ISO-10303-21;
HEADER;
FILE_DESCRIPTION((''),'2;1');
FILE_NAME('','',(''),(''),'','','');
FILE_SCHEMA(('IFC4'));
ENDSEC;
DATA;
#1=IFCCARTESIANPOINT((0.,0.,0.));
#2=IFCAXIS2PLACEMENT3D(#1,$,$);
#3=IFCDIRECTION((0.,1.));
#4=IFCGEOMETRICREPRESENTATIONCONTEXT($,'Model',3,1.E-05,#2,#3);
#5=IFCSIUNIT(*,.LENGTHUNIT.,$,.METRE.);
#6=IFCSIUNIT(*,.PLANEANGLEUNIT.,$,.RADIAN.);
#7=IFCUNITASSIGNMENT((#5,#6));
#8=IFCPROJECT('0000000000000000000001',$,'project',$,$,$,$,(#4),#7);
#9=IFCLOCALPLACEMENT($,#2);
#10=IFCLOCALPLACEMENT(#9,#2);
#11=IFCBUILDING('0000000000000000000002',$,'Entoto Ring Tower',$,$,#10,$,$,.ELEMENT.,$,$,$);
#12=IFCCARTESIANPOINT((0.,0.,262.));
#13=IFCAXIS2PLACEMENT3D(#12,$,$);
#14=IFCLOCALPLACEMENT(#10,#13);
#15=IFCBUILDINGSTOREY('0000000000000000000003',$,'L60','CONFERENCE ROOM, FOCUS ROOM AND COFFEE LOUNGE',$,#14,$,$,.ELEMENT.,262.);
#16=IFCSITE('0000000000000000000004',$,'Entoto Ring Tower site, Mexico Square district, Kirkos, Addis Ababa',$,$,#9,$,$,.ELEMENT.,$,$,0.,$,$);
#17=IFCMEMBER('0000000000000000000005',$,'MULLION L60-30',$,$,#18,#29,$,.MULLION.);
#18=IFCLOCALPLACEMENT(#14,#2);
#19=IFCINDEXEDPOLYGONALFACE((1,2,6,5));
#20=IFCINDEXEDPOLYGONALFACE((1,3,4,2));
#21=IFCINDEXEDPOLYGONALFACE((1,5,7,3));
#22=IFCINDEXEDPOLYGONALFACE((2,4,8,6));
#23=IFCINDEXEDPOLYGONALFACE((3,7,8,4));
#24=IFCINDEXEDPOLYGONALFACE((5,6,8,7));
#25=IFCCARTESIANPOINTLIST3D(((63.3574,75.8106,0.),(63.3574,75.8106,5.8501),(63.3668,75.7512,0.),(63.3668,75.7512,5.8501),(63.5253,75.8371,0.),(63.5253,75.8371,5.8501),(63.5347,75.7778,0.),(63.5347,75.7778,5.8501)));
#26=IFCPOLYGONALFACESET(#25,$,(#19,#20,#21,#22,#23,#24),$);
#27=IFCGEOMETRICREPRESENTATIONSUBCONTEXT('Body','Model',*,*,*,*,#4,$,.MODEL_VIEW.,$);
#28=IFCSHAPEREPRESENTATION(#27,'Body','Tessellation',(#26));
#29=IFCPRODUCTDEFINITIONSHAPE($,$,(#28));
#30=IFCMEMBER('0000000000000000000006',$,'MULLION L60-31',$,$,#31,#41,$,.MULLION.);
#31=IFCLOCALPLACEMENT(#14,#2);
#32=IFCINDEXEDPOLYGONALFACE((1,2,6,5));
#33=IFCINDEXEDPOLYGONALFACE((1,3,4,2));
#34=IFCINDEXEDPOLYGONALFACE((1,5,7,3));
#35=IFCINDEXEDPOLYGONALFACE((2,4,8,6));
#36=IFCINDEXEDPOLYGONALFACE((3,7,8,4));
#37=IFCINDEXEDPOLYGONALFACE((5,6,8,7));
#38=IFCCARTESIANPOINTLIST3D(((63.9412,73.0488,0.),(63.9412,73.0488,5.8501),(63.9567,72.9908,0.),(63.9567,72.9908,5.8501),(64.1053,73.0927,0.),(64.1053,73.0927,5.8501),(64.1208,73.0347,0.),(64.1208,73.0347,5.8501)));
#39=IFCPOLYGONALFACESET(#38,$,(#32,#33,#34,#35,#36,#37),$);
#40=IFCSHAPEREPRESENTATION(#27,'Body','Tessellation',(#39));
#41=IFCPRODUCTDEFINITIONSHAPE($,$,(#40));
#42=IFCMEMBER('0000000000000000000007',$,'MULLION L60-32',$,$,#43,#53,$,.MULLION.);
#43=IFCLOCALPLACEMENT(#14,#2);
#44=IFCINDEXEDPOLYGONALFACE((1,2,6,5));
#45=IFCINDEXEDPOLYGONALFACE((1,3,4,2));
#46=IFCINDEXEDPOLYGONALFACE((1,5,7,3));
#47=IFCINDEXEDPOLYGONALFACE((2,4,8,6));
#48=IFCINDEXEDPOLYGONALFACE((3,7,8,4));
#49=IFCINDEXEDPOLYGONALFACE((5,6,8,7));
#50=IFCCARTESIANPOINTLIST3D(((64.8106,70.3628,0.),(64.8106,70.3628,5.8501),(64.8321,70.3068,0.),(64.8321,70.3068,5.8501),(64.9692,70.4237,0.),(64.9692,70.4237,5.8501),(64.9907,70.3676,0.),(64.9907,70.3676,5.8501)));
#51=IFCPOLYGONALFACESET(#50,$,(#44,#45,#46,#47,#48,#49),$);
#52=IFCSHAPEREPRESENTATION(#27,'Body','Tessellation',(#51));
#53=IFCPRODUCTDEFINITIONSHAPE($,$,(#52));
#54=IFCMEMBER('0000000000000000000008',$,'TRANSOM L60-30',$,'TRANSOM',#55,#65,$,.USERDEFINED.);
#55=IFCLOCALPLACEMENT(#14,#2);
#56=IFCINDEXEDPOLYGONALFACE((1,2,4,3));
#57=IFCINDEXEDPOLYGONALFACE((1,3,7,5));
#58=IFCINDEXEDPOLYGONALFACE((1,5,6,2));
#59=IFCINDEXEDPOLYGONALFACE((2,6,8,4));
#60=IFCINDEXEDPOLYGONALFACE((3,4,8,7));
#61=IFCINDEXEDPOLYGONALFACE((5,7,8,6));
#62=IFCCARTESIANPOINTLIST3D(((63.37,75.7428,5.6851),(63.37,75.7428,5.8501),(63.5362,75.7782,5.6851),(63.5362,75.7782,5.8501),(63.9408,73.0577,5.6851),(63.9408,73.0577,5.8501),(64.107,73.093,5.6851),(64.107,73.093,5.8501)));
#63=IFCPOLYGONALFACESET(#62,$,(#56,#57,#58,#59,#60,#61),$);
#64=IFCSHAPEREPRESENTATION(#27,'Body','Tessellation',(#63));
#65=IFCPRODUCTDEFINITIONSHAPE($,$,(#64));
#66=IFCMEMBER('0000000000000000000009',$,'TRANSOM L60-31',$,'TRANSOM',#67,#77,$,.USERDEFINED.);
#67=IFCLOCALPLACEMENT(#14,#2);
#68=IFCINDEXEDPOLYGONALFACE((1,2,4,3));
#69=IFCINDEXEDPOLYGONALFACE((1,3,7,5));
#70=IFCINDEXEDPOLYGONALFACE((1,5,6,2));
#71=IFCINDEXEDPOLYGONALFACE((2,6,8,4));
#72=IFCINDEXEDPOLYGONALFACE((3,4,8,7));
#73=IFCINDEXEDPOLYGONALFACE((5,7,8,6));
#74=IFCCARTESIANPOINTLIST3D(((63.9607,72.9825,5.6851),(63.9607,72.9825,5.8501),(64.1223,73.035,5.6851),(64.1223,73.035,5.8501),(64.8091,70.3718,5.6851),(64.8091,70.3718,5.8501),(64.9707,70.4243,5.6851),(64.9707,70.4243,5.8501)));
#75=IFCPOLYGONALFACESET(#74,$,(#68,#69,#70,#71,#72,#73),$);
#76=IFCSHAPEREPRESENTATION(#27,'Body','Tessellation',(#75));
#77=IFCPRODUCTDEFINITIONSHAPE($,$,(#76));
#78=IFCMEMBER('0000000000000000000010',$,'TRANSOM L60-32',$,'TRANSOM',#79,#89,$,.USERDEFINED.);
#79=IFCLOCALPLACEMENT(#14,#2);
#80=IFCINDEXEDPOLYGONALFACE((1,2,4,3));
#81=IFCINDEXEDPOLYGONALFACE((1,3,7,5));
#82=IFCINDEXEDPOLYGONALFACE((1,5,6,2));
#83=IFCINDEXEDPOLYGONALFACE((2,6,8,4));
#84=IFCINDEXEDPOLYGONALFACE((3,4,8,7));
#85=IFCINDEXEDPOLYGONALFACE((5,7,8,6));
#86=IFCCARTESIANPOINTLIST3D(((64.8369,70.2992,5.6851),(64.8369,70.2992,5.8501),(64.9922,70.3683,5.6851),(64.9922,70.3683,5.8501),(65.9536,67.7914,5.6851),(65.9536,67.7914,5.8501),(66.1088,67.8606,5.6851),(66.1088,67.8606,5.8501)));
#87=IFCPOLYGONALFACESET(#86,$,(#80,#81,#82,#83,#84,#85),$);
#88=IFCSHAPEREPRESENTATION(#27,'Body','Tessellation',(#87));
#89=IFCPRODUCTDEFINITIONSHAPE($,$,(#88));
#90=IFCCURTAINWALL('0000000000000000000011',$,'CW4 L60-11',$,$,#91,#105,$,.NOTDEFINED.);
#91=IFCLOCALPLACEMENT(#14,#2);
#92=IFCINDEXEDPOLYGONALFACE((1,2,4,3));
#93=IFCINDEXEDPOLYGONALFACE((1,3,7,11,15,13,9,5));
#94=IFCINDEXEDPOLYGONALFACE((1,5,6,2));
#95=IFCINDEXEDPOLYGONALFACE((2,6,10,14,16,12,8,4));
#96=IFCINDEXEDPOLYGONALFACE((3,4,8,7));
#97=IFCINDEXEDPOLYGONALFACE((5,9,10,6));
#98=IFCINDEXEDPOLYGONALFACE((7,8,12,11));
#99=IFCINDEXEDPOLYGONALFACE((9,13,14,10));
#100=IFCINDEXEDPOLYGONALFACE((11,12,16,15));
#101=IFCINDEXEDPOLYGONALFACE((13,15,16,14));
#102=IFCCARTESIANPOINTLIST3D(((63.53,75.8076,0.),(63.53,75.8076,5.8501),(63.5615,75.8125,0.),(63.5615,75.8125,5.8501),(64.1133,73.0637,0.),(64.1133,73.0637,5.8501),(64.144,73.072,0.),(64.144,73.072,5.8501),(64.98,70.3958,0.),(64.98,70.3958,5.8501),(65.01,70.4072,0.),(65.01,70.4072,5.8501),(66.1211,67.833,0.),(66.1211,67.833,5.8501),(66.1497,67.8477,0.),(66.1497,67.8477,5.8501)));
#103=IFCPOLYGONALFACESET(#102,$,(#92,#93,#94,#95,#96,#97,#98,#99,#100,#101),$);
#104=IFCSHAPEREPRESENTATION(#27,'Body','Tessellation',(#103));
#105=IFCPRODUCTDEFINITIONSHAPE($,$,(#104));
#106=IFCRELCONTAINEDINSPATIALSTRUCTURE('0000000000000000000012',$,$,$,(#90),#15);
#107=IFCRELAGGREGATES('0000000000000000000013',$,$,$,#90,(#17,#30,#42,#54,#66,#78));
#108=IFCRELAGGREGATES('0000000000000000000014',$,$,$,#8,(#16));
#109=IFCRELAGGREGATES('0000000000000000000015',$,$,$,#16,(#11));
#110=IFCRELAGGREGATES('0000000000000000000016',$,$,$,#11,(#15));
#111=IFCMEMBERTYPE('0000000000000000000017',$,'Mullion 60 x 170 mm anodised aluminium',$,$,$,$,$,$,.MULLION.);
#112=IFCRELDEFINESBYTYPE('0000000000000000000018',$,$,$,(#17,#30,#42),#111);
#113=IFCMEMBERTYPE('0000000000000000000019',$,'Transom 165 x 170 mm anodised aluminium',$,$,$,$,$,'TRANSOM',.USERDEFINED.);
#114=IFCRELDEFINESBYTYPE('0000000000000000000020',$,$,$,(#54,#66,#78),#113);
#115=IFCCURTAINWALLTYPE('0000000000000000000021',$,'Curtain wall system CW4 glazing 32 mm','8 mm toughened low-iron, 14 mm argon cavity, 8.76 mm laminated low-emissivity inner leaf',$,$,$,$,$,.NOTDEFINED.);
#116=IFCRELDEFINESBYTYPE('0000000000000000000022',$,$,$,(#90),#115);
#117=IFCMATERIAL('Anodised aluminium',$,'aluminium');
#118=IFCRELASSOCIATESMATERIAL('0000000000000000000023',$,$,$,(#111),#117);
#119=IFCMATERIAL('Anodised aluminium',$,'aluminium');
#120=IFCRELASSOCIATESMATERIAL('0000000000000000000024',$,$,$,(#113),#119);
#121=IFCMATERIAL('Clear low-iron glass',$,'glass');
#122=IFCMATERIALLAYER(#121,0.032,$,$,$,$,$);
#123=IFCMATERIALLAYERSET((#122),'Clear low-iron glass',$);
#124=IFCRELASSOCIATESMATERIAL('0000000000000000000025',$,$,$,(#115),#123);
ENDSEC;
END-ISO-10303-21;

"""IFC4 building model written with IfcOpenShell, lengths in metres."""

from ifc_helpers import new_model, si_unit, direction, frame, origin, origin_2d, place, context, subcontext, project, spatial, polyline, rectangle, outline, extrude, material, layer, layer_set, material_profile, profile_set, type_object, element, aggregate, save


model = new_model("IFC4")

# Units and contexts
model_context = context("Model", 3, precision=1e-05, world=origin(), true_north=direction((0.0, 1.0)))
body_context = subcontext(model_context, "Body", "Model", "MODEL_VIEW")
ifc_project = project(units=[si_unit("LENGTHUNIT", "METRE"), si_unit("PLANEANGLEUNIT", "RADIAN")], contexts=[model_context])

# Members
ifc_material_1 = material(Name="Anodised aluminium", Category="aluminium")
ifc_material_profile_1 = material_profile(ifc_material_1, rectangle(XDim=0.0601, YDim=0.1699, at=origin_2d()), Name="Mullion 60 x 170 mm anodised aluminium")
ifc_profile_set_1 = profile_set([ifc_material_profile_1], Name="Anodised aluminium")
member_type_1 = type_object("IfcMemberType", Name="Mullion 60 x 170 mm anodised aluminium", PredefinedType="MULLION", material=ifc_profile_set_1)
site_placement = place(None, origin())
building_placement = place(site_placement, origin())
storey_placement = place(building_placement, frame((0.0, 0.0, 262.0)))
member_1_placement = place(storey_placement, frame((63.446, 75.7942, 0.0), z_axis=(0.0, 0.0, 1.0), x_axis=(0.156434, -0.987688, 0.0)))
member_1 = element("IfcMember", 1, at=member_1_placement, type_object=member_type_1, Name="MULLION L60-30", PredefinedType="MULLION", context=body_context, shape_type="SweptSolid", body=[
    extrude(rectangle(XDim=0.0601, YDim=0.1699, at=origin_2d()), origin(), (0.0, 0.0, 1.0), 5.8501),
])
member_2_placement = place(storey_placement, frame((64.031, 73.0417, 0.0), z_axis=(0.0, 0.0, 1.0), x_axis=(0.258819, -0.965926, 0.0)))
member_2 = element("IfcMember", 2, at=member_2_placement, type_object=member_type_1, Name="MULLION L60-31", PredefinedType="MULLION", context=body_context, shape_type="SweptSolid", body=[
    extrude(rectangle(XDim=0.0601, YDim=0.1699, at=origin_2d()), origin(), (0.0, 0.0, 1.0), 5.8501),
])
member_3_placement = place(storey_placement, frame((64.9006, 70.3652, 0.0), z_axis=(0.0, 0.0, 1.0), x_axis=(0.358368, -0.93358, 0.0)))
member_3 = element("IfcMember", 3, at=member_3_placement, type_object=member_type_1, Name="MULLION L60-32", PredefinedType="MULLION", context=body_context, shape_type="SweptSolid", body=[
    extrude(rectangle(XDim=0.0601, YDim=0.1699, at=origin_2d()), origin(), (0.0, 0.0, 1.0), 5.8501),
])
ifc_material_2 = material(Name="Anodised aluminium", Category="aluminium")
ifc_material_profile_2 = material_profile(ifc_material_2, rectangle(XDim=0.1699, YDim=0.165, at=origin_2d()), Name="Transom 165 x 170 mm anodised aluminium")
ifc_profile_set_2 = profile_set([ifc_material_profile_2], Name="Anodised aluminium")
member_type_2 = type_object("IfcMemberType", Name="Transom 165 x 170 mm anodised aluminium", ElementType="TRANSOM", PredefinedType="USERDEFINED", material=ifc_profile_set_2)
member_4_placement = place(storey_placement, frame((63.4531, 75.7605, 5.7676), z_axis=(0.207937, -0.978142, 0.0), x_axis=(0.978142, 0.207937, 0.0)))
member_4 = element("IfcMember", 4, at=member_4_placement, type_object=member_type_2, Name="TRANSOM L60-30", ObjectType="TRANSOM", PredefinedType="USERDEFINED", context=body_context, shape_type="SweptSolid", body=[
    extrude(rectangle(XDim=0.1699, YDim=0.165, at=origin_2d()), origin(), (0.0, 0.0, 1.0), 2.7451),
])
member_5_placement = place(storey_placement, frame((64.0415, 73.0088, 5.7676), z_axis=(0.309042, -0.951048, 0.0), x_axis=(0.951048, 0.309042, 0.0)))
member_5 = element("IfcMember", 5, at=member_5_placement, type_object=member_type_2, Name="TRANSOM L60-31", ObjectType="TRANSOM", PredefinedType="USERDEFINED", context=body_context, shape_type="SweptSolid", body=[
    extrude(rectangle(XDim=0.1699, YDim=0.165, at=origin_2d()), origin(), (0.0, 0.0, 1.0), 2.7451),
])
member_6_placement = place(storey_placement, frame((64.9146, 70.3337, 5.7676), z_axis=(0.406782, -0.913525, 0.0), x_axis=(0.913525, 0.406782, 0.0)))
member_6 = element("IfcMember", 6, at=member_6_placement, type_object=member_type_2, Name="TRANSOM L60-32", ObjectType="TRANSOM", PredefinedType="USERDEFINED", context=body_context, shape_type="SweptSolid", body=[
    extrude(rectangle(XDim=0.1699, YDim=0.165, at=origin_2d()), origin(), (0.0, 0.0, 1.0), 2.7451),
])

# Site, building, storey
site = spatial("IfcSite", under=ifc_project, at=site_placement, Name="Entoto Ring Tower site, Mexico Square district, Kirkos, Addis Ababa", CompositionType="ELEMENT", RefElevation=0.0)
building = spatial("IfcBuilding", under=site, at=building_placement, Name="Entoto Ring Tower", CompositionType="ELEMENT")
storey = spatial("IfcBuildingStorey", under=building, at=storey_placement, Name="L60", Description="CONFERENCE ROOM, FOCUS ROOM AND COFFEE LOUNGE", CompositionType="ELEMENT", Elevation=262.0)

# Curtain wall
ifc_material_3 = material(Name="Clear low-iron glass", Category="glass")
ifc_layer = layer(ifc_material_3, 0.032)
ifc_layer_set = layer_set([ifc_layer], Name="Clear low-iron glass")
curtain_wall_type = type_object("IfcCurtainWallType", Name="Curtain wall system CW4 glazing 32 mm", Description="8 mm toughened low-iron, 14 mm argon cavity, 8.76 mm laminated low-emissivity inner leaf", PredefinedType="NOTDEFINED", material=ifc_layer_set)
curtain_wall_1_placement = place(storey_placement, origin())
curtain_wall_1 = element("IfcCurtainWall", 7, at=curtain_wall_1_placement, inside=storey, type_object=curtain_wall_type, Name="CW4 L60-11", PredefinedType="NOTDEFINED", context=body_context, shape_type="SweptSolid", body=[
    extrude(outline(polyline([(63.53, 75.8076), (64.1133, 73.0637), (64.98, 70.3958), (66.1211, 67.833), (66.1497, 67.8477), (65.01, 70.4072), (64.144, 73.072), (63.5615, 75.8125), (63.53, 75.8076)])), origin(), (0.0, 0.0, 1.0), 5.8501),
])
aggregate(curtain_wall_1, [member_1, member_2, member_3, member_4, member_5, member_6])

save(model, "model.ifc")
